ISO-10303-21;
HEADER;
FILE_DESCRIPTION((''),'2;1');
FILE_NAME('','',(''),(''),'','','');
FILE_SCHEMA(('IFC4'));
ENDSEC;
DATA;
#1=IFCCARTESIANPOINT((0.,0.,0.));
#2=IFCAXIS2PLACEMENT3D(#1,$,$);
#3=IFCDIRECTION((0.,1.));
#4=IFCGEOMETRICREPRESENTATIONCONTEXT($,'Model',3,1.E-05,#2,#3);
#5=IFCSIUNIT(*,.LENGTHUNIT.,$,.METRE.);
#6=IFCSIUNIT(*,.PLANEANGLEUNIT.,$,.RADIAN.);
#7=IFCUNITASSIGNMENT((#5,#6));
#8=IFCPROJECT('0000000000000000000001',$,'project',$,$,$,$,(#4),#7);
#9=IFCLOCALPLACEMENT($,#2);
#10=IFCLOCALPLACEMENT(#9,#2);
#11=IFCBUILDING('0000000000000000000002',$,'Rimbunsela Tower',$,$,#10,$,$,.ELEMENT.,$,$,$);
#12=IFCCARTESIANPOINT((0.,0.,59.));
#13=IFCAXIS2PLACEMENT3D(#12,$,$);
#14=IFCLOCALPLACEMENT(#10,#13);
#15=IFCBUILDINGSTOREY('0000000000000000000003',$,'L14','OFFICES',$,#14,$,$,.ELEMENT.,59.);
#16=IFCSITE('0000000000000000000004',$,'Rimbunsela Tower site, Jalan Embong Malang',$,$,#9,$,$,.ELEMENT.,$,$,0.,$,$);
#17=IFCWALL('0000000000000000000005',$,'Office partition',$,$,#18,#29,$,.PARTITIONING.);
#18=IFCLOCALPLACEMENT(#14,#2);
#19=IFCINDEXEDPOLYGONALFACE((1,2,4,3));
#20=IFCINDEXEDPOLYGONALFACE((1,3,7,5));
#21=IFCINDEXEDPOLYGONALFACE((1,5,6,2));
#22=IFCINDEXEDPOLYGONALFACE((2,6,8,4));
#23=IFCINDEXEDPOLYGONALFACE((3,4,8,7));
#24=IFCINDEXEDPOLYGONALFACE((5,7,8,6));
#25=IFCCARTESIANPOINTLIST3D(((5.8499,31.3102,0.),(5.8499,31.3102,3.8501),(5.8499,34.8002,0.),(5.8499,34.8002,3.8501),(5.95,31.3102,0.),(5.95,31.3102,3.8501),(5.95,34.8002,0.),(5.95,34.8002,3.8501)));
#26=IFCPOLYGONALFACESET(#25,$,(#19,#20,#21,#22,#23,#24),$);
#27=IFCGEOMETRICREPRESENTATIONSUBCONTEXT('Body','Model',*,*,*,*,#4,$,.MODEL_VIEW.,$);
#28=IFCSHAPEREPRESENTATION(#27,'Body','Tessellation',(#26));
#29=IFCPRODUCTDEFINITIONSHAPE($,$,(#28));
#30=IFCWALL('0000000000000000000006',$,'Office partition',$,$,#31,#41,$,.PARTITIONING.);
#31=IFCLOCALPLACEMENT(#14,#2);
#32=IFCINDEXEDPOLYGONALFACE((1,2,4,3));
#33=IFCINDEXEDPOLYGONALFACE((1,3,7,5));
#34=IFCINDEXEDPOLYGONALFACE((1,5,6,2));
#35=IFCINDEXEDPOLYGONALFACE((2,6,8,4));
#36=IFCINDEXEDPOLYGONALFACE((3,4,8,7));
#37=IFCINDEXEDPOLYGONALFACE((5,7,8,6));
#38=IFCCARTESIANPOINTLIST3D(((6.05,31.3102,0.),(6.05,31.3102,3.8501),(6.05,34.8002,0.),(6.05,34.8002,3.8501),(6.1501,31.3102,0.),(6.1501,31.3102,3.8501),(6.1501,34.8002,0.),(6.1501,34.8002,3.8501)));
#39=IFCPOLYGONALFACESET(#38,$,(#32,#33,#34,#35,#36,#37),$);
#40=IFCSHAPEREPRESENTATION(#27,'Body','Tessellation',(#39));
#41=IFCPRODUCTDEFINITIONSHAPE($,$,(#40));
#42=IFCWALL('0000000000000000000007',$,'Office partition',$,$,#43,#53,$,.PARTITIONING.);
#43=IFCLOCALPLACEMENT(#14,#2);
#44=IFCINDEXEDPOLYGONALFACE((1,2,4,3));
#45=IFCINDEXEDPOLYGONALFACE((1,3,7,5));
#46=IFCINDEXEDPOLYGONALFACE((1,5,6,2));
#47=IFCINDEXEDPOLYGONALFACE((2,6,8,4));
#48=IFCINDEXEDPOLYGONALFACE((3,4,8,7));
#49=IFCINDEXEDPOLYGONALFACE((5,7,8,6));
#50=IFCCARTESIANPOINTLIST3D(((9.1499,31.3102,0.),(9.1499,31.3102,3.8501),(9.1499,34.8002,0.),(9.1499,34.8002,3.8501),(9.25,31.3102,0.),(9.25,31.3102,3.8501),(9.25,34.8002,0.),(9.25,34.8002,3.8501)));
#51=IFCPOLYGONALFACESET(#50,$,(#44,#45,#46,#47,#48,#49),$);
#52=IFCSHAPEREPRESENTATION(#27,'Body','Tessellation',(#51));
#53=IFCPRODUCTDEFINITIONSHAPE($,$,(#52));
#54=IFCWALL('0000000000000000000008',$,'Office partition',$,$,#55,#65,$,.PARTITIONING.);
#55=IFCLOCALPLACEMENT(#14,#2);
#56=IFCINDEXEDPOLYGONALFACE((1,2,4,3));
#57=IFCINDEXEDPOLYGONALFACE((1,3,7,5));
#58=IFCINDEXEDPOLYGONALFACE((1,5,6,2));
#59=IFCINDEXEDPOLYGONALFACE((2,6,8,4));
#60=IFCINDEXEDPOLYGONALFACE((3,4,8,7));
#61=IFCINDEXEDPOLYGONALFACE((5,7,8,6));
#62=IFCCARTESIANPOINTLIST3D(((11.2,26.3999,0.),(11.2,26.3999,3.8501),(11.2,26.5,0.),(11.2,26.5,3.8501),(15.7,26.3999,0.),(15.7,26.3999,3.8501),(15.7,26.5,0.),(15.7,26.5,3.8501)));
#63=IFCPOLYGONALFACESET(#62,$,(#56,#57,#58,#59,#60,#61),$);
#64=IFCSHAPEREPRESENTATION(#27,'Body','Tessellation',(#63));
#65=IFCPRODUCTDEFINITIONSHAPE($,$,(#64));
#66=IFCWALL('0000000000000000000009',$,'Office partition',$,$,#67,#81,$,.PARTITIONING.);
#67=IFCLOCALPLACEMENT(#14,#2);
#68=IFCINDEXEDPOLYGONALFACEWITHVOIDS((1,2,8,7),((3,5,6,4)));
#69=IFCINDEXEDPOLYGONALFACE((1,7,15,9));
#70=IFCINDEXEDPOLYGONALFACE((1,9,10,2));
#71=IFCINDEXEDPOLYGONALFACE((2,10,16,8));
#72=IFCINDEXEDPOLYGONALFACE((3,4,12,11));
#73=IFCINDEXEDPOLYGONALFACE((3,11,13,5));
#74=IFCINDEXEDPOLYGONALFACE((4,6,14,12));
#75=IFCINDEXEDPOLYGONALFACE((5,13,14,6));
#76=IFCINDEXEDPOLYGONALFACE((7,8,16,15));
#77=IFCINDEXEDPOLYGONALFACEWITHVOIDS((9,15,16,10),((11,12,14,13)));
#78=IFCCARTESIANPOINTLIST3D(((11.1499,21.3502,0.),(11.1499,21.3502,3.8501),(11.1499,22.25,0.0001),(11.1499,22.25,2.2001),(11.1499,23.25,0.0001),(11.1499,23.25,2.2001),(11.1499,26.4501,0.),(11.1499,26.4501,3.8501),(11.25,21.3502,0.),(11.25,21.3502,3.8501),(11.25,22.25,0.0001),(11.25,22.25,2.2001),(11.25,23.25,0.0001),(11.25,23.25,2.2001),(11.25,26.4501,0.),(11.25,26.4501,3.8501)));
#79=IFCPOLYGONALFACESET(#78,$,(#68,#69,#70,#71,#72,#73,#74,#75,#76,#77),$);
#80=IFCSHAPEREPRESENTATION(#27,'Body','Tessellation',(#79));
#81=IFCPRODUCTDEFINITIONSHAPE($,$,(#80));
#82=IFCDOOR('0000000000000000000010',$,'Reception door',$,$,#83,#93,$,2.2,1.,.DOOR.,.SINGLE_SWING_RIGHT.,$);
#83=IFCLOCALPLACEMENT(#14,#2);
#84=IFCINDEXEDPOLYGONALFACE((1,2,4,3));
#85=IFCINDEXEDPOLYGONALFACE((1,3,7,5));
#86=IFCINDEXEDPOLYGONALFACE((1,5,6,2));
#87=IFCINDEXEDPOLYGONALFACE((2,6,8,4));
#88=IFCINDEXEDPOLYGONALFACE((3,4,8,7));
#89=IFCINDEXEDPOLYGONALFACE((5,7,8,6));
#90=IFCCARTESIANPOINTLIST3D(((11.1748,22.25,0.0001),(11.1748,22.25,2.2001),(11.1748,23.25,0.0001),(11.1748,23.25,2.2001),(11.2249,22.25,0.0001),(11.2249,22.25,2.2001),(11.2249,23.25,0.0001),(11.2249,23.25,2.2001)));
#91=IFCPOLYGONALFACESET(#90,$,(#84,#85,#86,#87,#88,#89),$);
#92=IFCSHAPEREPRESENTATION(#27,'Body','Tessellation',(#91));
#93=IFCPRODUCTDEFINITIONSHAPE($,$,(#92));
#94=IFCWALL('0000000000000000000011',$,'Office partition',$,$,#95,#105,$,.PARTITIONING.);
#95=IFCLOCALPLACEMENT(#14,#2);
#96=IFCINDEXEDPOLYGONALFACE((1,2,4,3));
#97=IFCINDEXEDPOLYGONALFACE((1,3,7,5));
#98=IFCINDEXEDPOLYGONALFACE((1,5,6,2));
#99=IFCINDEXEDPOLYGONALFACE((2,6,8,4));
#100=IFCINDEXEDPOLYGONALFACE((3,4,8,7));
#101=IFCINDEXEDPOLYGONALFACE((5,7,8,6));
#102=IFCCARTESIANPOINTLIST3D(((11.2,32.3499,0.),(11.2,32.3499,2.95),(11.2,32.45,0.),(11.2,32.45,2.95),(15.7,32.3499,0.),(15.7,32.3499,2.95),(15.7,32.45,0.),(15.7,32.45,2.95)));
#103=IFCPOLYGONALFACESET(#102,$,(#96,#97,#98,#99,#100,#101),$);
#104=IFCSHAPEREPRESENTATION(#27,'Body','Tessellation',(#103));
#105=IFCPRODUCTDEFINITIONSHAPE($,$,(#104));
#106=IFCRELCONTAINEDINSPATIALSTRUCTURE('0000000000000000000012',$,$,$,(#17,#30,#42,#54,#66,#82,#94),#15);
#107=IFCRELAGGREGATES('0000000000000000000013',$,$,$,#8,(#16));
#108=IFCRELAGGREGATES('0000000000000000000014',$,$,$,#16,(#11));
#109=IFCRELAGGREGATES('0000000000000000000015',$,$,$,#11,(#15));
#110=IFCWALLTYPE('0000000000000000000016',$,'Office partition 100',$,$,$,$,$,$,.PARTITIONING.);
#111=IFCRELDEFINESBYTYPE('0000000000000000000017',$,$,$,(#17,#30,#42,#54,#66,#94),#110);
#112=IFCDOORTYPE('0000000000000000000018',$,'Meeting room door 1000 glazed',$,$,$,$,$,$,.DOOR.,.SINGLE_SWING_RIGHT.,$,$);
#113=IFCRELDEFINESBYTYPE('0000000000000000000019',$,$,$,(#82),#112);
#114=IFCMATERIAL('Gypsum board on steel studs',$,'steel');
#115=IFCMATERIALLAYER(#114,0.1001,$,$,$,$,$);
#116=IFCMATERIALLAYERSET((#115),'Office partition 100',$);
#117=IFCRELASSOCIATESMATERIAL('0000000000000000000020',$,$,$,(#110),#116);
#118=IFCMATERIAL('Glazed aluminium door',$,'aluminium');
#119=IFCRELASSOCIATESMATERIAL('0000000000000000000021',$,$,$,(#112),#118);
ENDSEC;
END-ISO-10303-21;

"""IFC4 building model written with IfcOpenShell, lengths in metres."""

from ifc_helpers import new_model, si_unit, direction, frame, frame_2d, origin, place, context, subcontext, project, spatial, rectangle, extrude, material, layer, layer_set, type_object, element, fill, save


model = new_model("IFC4")

# Units and contexts
model_context = context("Model", 3, precision=1e-05, world=origin(), true_north=direction((0.0, 1.0)))
body_context = subcontext(model_context, "Body", "Model", "MODEL_VIEW")
ifc_project = project(units=[si_unit("LENGTHUNIT", "METRE"), si_unit("PLANEANGLEUNIT", "RADIAN")], contexts=[model_context])

# Site, building, storey
site_placement = place(None, origin())
site = spatial("IfcSite", under=ifc_project, at=site_placement, Name="Rimbunsela Tower site, Jalan Embong Malang", CompositionType="ELEMENT", RefElevation=0.0)
building_placement = place(site_placement, origin())
building = spatial("IfcBuilding", under=site, at=building_placement, Name="Rimbunsela Tower", CompositionType="ELEMENT")
storey_placement = place(building_placement, frame((0.0, 0.0, 59.0)))
storey = spatial("IfcBuildingStorey", under=building, at=storey_placement, Name="L14", Description="OFFICES", CompositionType="ELEMENT", Elevation=59.0)

# Walls
ifc_material_1 = material(Name="Gypsum board on steel studs", Category="steel")
ifc_layer_1 = layer(ifc_material_1, 0.1001)
ifc_layer_set_1 = layer_set([ifc_layer_1], Name="Office partition 100")
wall_type_1 = type_object("IfcWallType", Name="Office partition 100", PredefinedType="PARTITIONING", material=ifc_layer_set_1)
for number, where, z_axis, x_axis, name in (
    (1, (5.8999, 31.3101, 0.0), (0.0, 0.0, 1.0), (0.0, 1.0, 0.0), "Office partition"),
    (2, (6.1001, 31.3101, 0.0), (0.0, 0.0, 1.0), (0.0, 1.0, 0.0), "Office partition"),
    (3, (9.2, 31.3101, 0.0), (0.0, 0.0, 1.0), (0.0, 1.0, 0.0), "Office partition"),
):
    element("IfcWall", number, at=place(storey_placement, frame(where, z_axis=z_axis, x_axis=x_axis)), inside=storey, type_object=wall_type_1, Name=name, PredefinedType="PARTITIONING", context=body_context, shape_type="SweptSolid", body=[
        extrude(rectangle(XDim=3.49, YDim=0.1001, at=frame_2d((1.7451, 0.0))), origin(), (0.0, 0.0, 1.0), 3.8501),
    ])
wall_1_placement = place(storey_placement, frame((15.7, 26.45, 0.0), z_axis=(0.0, 0.0, 1.0), x_axis=(-1.0, 0.0, 0.0)))
element("IfcWall", 4, at=wall_1_placement, inside=storey, type_object=wall_type_1, Name="Office partition", PredefinedType="PARTITIONING", context=body_context, shape_type="SweptSolid", body=[
    extrude(rectangle(XDim=4.5, YDim=0.1001, at=frame_2d((2.25, 0.0))), origin(), (0.0, 0.0, 1.0), 3.8501),
])

# Wall, opening, door
wall_2_placement = place(storey_placement, frame((11.2, 26.45, 0.0), z_axis=(0.0, 0.0, 1.0), x_axis=(0.0, -1.0, 0.0)))
wall_2 = element("IfcWall", 5, at=wall_2_placement, inside=storey, type_object=wall_type_1, Name="Office partition", PredefinedType="PARTITIONING", context=body_context, shape_type="SweptSolid", body=[
    extrude(rectangle(XDim=5.0999, YDim=0.1001, at=frame_2d((2.5498, 0.0))), origin(), (0.0, 0.0, 1.0), 3.8501),
])
opening_1_placement = place(wall_2_placement, frame((3.2, 0.0, 0.0)))
opening_1 = element("IfcOpeningElement", 6, at=opening_1_placement, cuts=wall_2, PredefinedType="OPENING", context=body_context, shape_type="SweptSolid", body=[
    extrude(rectangle(XDim=1.0, YDim=2.2, at=frame_2d((0.5, 1.1001))), frame((0.0, 0.0601, 0.0), z_axis=(0.0, -1.0, 0.0), x_axis=(1.0, 0.0, 0.0)), (0.0, 0.0, 1.0), 0.1201),
])
ifc_material_2 = material(Name="Glazed aluminium door", Category="aluminium")
door_type_1 = type_object("IfcDoorType", Name="Meeting room door 1000 glazed", OperationType="SINGLE_SWING_RIGHT", PredefinedType="DOOR", material=ifc_material_2)
door_1_placement = place(opening_1_placement, origin())
door_1 = element("IfcDoor", 7, at=door_1_placement, inside=storey, type_object=door_type_1, Name="Reception door", OperationType="SINGLE_SWING_RIGHT", OverallHeight=2.2, OverallWidth=1.0, PredefinedType="DOOR", context=body_context, shape_type="SweptSolid", body=[
    extrude(rectangle(XDim=1.0, YDim=2.2, at=frame_2d((0.5, 1.1001))), frame((0.0, 0.0249, 0.0), z_axis=(0.0, -1.0, 0.0), x_axis=(1.0, 0.0, 0.0)), (0.0, 0.0, 1.0), 0.05),
])
fill(opening_1, door_1)

# Wall
wall_3_placement = place(storey_placement, frame((11.2, 32.3999, 0.0), z_axis=(0.0, 0.0, 1.0), x_axis=(1.0, 0.0, 0.0)))
element("IfcWall", 8, at=wall_3_placement, inside=storey, type_object=wall_type_1, Name="Office partition", PredefinedType="PARTITIONING", context=body_context, shape_type="SweptSolid", body=[
    extrude(rectangle(XDim=4.5, YDim=0.1001, at=frame_2d((2.25, 0.0))), origin(), (0.0, 0.0, 1.0), 2.95),
])

save(model, "model.ifc")
